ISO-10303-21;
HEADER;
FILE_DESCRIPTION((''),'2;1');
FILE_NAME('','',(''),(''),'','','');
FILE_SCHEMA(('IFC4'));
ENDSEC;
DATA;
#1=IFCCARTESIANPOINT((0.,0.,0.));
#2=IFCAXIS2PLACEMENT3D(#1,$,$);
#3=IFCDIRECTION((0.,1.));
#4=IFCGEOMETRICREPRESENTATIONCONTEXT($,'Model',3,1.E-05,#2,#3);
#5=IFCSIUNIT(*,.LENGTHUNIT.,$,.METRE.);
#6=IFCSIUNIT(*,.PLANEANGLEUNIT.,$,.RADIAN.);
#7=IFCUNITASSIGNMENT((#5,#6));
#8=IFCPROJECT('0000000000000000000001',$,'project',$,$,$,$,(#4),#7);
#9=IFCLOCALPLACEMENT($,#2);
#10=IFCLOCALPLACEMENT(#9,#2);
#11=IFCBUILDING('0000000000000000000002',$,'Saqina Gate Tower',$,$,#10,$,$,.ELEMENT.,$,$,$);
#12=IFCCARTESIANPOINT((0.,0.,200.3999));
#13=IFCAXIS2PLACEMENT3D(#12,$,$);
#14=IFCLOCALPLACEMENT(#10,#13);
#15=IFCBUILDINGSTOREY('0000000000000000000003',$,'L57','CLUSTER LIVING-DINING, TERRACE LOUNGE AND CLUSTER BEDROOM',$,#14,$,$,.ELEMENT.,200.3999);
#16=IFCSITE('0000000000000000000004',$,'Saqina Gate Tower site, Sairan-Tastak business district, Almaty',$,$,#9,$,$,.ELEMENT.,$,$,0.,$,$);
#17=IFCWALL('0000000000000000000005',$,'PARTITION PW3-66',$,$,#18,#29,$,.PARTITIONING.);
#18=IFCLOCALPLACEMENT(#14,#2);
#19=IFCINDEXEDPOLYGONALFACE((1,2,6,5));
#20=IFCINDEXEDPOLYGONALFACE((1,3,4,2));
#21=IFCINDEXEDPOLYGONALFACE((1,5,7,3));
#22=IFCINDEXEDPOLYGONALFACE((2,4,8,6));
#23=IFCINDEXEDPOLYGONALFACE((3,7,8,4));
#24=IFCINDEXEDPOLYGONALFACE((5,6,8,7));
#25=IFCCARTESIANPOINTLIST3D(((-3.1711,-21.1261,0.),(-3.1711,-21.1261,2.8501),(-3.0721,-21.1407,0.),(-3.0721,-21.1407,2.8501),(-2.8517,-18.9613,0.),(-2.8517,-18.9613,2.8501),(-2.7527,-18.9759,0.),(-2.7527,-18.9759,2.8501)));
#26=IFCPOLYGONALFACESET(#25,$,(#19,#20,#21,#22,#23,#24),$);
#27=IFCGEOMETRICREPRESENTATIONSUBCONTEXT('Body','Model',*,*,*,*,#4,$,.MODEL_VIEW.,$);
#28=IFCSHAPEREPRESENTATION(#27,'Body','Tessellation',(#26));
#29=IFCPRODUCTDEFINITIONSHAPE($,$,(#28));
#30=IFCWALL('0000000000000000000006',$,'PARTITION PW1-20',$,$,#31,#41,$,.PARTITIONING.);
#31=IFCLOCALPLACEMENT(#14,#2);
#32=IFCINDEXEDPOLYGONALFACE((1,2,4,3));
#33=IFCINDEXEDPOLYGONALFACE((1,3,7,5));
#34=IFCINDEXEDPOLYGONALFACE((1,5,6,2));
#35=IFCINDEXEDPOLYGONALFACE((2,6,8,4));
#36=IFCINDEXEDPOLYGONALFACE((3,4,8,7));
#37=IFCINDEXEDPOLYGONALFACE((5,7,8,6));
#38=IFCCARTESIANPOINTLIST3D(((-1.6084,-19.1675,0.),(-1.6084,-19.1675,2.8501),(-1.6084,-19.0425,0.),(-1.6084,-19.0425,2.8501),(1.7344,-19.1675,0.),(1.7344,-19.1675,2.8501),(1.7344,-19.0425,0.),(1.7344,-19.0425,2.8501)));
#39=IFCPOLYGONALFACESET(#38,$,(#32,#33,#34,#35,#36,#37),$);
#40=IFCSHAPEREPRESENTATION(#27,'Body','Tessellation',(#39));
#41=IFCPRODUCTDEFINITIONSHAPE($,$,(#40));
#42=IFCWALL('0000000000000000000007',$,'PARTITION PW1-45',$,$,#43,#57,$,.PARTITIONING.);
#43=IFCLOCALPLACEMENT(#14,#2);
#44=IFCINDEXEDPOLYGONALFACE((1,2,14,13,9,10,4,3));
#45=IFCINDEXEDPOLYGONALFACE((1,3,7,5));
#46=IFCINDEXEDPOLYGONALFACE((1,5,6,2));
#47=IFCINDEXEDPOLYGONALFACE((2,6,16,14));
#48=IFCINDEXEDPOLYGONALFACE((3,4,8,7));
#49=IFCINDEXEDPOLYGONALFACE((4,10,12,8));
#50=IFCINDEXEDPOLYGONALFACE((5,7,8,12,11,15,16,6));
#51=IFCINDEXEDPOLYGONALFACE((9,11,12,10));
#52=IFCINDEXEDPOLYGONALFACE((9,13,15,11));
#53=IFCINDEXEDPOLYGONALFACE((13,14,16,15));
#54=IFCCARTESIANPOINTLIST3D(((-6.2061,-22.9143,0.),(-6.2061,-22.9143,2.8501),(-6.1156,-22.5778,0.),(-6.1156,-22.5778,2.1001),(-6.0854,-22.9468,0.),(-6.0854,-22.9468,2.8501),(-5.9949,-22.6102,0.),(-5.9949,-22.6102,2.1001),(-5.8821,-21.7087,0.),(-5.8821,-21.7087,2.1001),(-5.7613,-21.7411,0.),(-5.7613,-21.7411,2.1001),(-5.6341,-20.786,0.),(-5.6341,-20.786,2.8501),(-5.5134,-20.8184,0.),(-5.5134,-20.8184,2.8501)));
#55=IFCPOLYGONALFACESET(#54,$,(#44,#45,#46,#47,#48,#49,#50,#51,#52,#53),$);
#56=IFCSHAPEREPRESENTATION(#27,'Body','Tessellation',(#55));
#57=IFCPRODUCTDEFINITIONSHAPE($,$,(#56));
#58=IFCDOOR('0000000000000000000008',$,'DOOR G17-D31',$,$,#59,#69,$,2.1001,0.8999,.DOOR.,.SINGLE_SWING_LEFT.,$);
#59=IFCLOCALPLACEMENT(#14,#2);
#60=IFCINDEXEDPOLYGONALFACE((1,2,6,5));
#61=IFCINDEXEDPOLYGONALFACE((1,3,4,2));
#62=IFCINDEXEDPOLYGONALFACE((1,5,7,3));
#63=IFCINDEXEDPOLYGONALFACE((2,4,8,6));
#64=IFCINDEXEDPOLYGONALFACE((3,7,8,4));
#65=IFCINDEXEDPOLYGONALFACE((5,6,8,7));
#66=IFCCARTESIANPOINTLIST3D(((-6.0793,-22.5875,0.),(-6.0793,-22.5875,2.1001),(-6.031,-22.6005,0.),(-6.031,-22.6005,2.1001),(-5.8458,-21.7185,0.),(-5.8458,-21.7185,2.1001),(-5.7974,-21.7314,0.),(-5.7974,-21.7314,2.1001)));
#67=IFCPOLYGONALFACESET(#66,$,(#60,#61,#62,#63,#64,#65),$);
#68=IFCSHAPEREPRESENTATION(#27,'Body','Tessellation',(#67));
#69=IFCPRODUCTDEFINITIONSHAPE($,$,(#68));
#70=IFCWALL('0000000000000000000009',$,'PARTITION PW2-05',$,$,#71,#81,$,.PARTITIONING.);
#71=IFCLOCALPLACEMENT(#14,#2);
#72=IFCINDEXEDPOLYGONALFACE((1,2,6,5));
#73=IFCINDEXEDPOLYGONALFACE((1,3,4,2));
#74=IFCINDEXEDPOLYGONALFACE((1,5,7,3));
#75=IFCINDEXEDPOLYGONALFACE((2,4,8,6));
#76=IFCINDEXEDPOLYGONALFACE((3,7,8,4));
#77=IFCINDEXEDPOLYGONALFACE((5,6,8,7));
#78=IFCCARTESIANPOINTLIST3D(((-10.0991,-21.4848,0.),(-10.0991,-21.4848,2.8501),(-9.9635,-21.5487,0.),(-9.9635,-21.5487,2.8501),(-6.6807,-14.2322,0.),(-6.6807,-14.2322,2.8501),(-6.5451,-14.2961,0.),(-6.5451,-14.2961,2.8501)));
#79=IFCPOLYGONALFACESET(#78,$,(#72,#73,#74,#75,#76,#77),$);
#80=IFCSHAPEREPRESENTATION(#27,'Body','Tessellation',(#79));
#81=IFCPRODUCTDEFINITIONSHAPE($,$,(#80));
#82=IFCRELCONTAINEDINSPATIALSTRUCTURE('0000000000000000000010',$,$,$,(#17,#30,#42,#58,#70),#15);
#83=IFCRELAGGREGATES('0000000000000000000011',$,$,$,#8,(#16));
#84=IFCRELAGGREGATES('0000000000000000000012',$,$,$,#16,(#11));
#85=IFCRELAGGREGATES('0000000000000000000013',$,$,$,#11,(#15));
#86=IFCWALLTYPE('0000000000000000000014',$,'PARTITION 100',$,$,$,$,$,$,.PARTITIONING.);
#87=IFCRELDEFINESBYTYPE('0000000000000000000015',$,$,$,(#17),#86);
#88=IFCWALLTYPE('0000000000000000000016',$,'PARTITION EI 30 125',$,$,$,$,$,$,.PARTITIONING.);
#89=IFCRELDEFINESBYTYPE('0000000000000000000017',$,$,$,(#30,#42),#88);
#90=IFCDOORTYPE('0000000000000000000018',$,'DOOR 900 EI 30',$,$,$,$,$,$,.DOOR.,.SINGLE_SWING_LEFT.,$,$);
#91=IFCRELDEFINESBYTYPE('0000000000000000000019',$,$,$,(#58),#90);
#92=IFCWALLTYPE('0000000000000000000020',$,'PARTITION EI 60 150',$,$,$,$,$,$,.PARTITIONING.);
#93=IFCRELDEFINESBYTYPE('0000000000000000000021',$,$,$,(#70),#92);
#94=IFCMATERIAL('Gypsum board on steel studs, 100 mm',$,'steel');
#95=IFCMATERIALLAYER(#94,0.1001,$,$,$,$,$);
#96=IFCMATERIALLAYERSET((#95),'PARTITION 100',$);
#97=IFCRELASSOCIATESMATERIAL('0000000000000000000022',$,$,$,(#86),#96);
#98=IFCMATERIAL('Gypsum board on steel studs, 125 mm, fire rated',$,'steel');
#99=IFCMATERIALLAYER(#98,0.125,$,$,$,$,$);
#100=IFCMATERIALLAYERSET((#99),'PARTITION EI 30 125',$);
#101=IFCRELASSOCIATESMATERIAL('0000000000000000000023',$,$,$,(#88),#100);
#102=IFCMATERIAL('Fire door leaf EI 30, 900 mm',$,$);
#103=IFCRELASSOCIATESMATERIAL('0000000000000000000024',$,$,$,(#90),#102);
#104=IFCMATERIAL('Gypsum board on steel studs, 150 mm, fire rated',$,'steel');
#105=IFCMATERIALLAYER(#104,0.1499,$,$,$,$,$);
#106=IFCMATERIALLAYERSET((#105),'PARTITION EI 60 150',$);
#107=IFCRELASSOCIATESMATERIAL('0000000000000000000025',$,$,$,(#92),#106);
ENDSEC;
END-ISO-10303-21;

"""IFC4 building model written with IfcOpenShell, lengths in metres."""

from ifc_helpers import new_model, si_unit, direction, frame, frame_2d, origin, place, context, subcontext, project, spatial, rectangle, extrude, material, layer, layer_set, type_object, element, fill, save


model = new_model("IFC4")

# Units and contexts
model_context = context("Model", 3, precision=1e-05, world=origin(), true_north=direction((0.0, 1.0)))
body_context = subcontext(model_context, "Body", "Model", "MODEL_VIEW")
ifc_project = project(units=[si_unit("LENGTHUNIT", "METRE"), si_unit("PLANEANGLEUNIT", "RADIAN")], contexts=[model_context])

# Site, building, storey
site_placement = place(None, origin())
site = spatial("IfcSite", under=ifc_project, at=site_placement, Name="Saqina Gate Tower site, Sairan-Tastak business district, Almaty", CompositionType="ELEMENT", RefElevation=0.0)
building_placement = place(site_placement, origin())
building = spatial("IfcBuilding", under=site, at=building_placement, Name="Saqina Gate Tower", CompositionType="ELEMENT")
storey_placement = place(building_placement, frame((0.0, 0.0, 200.3999)))
storey = spatial("IfcBuildingStorey", under=building, at=storey_placement, Name="L57", Description="CLUSTER LIVING-DINING, TERRACE LOUNGE AND CLUSTER BEDROOM", CompositionType="ELEMENT", Elevation=200.3999)

# Shared definitions
ifc_material_1 = material(Name="Gypsum board on steel studs, 100 mm", Category="steel")
ifc_layer_1 = layer(ifc_material_1, 0.1001)
ifc_layer_set_1 = layer_set([ifc_layer_1], Name="PARTITION 100")
wall_type_1 = type_object("IfcWallType", Name="PARTITION 100", PredefinedType="PARTITIONING", material=ifc_layer_set_1)

# Walls
wall_1_placement = place(storey_placement, frame((-3.1216, -21.1335, 0.0), z_axis=(0.0, 0.0, 1.0), x_axis=(0.145934, 0.989294, 0.0)))
element("IfcWall", 1, at=wall_1_placement, inside=storey, type_object=wall_type_1, Name="PARTITION PW3-66", PredefinedType="PARTITIONING", context=body_context, shape_type="SweptSolid", body=[
    extrude(rectangle(XDim=2.1882, YDim=0.1001, at=frame_2d((1.0942, 0.0))), origin(), (0.0, 0.0, 1.0), 2.8501),
])
ifc_material_2 = material(Name="Gypsum board on steel studs, 125 mm, fire rated", Category="steel")
ifc_layer_2 = layer(ifc_material_2, 0.125)
ifc_layer_set_2 = layer_set([ifc_layer_2], Name="PARTITION EI 30 125")
wall_type_2 = type_object("IfcWallType", Name="PARTITION EI 30 125", PredefinedType="PARTITIONING", material=ifc_layer_set_2)
wall_2_placement = place(storey_placement, frame((-1.6084, -19.105, 0.0), z_axis=(0.0, 0.0, 1.0), x_axis=(1.0, 0.0, 0.0)))
element("IfcWall", 2, at=wall_2_placement, inside=storey, type_object=wall_type_2, Name="PARTITION PW1-20", PredefinedType="PARTITIONING", context=body_context, shape_type="SweptSolid", body=[
    extrude(rectangle(XDim=3.3428, YDim=0.125, at=frame_2d((1.6714, 0.0))), origin(), (0.0, 0.0, 1.0), 2.8501),
])

# Wall, opening, door
wall_3_placement = place(storey_placement, frame((-6.1458, -22.9307, 0.0), z_axis=(0.0, 0.0, 1.0), x_axis=(0.259544, 0.965731, 0.0)))
wall_3 = element("IfcWall", 3, at=wall_3_placement, inside=storey, type_object=wall_type_2, Name="PARTITION PW1-45", PredefinedType="PARTITIONING", context=body_context, shape_type="SweptSolid", body=[
    extrude(rectangle(XDim=2.2039, YDim=0.125, at=frame_2d((1.1021, 0.0))), origin(), (0.0, 0.0, 1.0), 2.8501),
])
opening_1_placement = place(wall_3_placement, frame((0.3486, 0.0, 0.0)))
opening_1 = element("IfcOpeningElement", 4, at=opening_1_placement, cuts=wall_3, PredefinedType="OPENING", context=body_context, shape_type="SweptSolid", body=[
    extrude(rectangle(XDim=0.8999, YDim=2.1001, at=frame_2d((0.45, 1.05))), frame((0.0, 0.0745, 0.0), z_axis=(0.0, -1.0, 0.0), x_axis=(1.0, 0.0, 0.0)), (0.0, 0.0, 1.0), 0.1489),
])
ifc_material_3 = material(Name="Fire door leaf EI 30, 900 mm")
door_type_1 = type_object("IfcDoorType", Name="DOOR 900 EI 30", OperationType="SINGLE_SWING_LEFT", PredefinedType="DOOR", material=ifc_material_3)
door_1_placement = place(opening_1_placement, origin())
door_1 = element("IfcDoor", 5, at=door_1_placement, inside=storey, type_object=door_type_1, Name="DOOR G17-D31", OperationType="SINGLE_SWING_LEFT", OverallHeight=2.1001, OverallWidth=0.8999, PredefinedType="DOOR", context=body_context, shape_type="SweptSolid", body=[
    extrude(rectangle(XDim=0.8999, YDim=2.1001, at=frame_2d((0.45, 1.05))), frame((0.0, 0.0249, 0.0), z_axis=(0.0, -1.0, 0.0), x_axis=(1.0, 0.0, 0.0)), (0.0, 0.0, 1.0), 0.05),
])
fill(opening_1, door_1)

# Wall
ifc_material_4 = material(Name="Gypsum board on steel studs, 150 mm, fire rated", Category="steel")
ifc_layer_3 = layer(ifc_material_4, 0.1499)
ifc_layer_set_3 = layer_set([ifc_layer_3], Name="PARTITION EI 60 150")
wall_type_3 = type_object("IfcWallType", Name="PARTITION EI 60 150", PredefinedType="PARTITIONING", material=ifc_layer_set_3)
wall_4_placement = place(storey_placement, frame((-10.0312, -21.5166, 0.0), z_axis=(0.0, 0.0, 1.0), x_axis=(0.426351, 0.904558, 0.0)))
element("IfcWall", 6, at=wall_4_placement, inside=storey, type_object=wall_type_3, Name="PARTITION PW2-05", PredefinedType="PARTITIONING", context=body_context, shape_type="SweptSolid", body=[
    extrude(rectangle(XDim=8.0178, YDim=0.1499, at=frame_2d((4.0088, 0.0))), origin(), (0.0, 0.0, 1.0), 2.8501),
])

save(model, "model.ifc")
